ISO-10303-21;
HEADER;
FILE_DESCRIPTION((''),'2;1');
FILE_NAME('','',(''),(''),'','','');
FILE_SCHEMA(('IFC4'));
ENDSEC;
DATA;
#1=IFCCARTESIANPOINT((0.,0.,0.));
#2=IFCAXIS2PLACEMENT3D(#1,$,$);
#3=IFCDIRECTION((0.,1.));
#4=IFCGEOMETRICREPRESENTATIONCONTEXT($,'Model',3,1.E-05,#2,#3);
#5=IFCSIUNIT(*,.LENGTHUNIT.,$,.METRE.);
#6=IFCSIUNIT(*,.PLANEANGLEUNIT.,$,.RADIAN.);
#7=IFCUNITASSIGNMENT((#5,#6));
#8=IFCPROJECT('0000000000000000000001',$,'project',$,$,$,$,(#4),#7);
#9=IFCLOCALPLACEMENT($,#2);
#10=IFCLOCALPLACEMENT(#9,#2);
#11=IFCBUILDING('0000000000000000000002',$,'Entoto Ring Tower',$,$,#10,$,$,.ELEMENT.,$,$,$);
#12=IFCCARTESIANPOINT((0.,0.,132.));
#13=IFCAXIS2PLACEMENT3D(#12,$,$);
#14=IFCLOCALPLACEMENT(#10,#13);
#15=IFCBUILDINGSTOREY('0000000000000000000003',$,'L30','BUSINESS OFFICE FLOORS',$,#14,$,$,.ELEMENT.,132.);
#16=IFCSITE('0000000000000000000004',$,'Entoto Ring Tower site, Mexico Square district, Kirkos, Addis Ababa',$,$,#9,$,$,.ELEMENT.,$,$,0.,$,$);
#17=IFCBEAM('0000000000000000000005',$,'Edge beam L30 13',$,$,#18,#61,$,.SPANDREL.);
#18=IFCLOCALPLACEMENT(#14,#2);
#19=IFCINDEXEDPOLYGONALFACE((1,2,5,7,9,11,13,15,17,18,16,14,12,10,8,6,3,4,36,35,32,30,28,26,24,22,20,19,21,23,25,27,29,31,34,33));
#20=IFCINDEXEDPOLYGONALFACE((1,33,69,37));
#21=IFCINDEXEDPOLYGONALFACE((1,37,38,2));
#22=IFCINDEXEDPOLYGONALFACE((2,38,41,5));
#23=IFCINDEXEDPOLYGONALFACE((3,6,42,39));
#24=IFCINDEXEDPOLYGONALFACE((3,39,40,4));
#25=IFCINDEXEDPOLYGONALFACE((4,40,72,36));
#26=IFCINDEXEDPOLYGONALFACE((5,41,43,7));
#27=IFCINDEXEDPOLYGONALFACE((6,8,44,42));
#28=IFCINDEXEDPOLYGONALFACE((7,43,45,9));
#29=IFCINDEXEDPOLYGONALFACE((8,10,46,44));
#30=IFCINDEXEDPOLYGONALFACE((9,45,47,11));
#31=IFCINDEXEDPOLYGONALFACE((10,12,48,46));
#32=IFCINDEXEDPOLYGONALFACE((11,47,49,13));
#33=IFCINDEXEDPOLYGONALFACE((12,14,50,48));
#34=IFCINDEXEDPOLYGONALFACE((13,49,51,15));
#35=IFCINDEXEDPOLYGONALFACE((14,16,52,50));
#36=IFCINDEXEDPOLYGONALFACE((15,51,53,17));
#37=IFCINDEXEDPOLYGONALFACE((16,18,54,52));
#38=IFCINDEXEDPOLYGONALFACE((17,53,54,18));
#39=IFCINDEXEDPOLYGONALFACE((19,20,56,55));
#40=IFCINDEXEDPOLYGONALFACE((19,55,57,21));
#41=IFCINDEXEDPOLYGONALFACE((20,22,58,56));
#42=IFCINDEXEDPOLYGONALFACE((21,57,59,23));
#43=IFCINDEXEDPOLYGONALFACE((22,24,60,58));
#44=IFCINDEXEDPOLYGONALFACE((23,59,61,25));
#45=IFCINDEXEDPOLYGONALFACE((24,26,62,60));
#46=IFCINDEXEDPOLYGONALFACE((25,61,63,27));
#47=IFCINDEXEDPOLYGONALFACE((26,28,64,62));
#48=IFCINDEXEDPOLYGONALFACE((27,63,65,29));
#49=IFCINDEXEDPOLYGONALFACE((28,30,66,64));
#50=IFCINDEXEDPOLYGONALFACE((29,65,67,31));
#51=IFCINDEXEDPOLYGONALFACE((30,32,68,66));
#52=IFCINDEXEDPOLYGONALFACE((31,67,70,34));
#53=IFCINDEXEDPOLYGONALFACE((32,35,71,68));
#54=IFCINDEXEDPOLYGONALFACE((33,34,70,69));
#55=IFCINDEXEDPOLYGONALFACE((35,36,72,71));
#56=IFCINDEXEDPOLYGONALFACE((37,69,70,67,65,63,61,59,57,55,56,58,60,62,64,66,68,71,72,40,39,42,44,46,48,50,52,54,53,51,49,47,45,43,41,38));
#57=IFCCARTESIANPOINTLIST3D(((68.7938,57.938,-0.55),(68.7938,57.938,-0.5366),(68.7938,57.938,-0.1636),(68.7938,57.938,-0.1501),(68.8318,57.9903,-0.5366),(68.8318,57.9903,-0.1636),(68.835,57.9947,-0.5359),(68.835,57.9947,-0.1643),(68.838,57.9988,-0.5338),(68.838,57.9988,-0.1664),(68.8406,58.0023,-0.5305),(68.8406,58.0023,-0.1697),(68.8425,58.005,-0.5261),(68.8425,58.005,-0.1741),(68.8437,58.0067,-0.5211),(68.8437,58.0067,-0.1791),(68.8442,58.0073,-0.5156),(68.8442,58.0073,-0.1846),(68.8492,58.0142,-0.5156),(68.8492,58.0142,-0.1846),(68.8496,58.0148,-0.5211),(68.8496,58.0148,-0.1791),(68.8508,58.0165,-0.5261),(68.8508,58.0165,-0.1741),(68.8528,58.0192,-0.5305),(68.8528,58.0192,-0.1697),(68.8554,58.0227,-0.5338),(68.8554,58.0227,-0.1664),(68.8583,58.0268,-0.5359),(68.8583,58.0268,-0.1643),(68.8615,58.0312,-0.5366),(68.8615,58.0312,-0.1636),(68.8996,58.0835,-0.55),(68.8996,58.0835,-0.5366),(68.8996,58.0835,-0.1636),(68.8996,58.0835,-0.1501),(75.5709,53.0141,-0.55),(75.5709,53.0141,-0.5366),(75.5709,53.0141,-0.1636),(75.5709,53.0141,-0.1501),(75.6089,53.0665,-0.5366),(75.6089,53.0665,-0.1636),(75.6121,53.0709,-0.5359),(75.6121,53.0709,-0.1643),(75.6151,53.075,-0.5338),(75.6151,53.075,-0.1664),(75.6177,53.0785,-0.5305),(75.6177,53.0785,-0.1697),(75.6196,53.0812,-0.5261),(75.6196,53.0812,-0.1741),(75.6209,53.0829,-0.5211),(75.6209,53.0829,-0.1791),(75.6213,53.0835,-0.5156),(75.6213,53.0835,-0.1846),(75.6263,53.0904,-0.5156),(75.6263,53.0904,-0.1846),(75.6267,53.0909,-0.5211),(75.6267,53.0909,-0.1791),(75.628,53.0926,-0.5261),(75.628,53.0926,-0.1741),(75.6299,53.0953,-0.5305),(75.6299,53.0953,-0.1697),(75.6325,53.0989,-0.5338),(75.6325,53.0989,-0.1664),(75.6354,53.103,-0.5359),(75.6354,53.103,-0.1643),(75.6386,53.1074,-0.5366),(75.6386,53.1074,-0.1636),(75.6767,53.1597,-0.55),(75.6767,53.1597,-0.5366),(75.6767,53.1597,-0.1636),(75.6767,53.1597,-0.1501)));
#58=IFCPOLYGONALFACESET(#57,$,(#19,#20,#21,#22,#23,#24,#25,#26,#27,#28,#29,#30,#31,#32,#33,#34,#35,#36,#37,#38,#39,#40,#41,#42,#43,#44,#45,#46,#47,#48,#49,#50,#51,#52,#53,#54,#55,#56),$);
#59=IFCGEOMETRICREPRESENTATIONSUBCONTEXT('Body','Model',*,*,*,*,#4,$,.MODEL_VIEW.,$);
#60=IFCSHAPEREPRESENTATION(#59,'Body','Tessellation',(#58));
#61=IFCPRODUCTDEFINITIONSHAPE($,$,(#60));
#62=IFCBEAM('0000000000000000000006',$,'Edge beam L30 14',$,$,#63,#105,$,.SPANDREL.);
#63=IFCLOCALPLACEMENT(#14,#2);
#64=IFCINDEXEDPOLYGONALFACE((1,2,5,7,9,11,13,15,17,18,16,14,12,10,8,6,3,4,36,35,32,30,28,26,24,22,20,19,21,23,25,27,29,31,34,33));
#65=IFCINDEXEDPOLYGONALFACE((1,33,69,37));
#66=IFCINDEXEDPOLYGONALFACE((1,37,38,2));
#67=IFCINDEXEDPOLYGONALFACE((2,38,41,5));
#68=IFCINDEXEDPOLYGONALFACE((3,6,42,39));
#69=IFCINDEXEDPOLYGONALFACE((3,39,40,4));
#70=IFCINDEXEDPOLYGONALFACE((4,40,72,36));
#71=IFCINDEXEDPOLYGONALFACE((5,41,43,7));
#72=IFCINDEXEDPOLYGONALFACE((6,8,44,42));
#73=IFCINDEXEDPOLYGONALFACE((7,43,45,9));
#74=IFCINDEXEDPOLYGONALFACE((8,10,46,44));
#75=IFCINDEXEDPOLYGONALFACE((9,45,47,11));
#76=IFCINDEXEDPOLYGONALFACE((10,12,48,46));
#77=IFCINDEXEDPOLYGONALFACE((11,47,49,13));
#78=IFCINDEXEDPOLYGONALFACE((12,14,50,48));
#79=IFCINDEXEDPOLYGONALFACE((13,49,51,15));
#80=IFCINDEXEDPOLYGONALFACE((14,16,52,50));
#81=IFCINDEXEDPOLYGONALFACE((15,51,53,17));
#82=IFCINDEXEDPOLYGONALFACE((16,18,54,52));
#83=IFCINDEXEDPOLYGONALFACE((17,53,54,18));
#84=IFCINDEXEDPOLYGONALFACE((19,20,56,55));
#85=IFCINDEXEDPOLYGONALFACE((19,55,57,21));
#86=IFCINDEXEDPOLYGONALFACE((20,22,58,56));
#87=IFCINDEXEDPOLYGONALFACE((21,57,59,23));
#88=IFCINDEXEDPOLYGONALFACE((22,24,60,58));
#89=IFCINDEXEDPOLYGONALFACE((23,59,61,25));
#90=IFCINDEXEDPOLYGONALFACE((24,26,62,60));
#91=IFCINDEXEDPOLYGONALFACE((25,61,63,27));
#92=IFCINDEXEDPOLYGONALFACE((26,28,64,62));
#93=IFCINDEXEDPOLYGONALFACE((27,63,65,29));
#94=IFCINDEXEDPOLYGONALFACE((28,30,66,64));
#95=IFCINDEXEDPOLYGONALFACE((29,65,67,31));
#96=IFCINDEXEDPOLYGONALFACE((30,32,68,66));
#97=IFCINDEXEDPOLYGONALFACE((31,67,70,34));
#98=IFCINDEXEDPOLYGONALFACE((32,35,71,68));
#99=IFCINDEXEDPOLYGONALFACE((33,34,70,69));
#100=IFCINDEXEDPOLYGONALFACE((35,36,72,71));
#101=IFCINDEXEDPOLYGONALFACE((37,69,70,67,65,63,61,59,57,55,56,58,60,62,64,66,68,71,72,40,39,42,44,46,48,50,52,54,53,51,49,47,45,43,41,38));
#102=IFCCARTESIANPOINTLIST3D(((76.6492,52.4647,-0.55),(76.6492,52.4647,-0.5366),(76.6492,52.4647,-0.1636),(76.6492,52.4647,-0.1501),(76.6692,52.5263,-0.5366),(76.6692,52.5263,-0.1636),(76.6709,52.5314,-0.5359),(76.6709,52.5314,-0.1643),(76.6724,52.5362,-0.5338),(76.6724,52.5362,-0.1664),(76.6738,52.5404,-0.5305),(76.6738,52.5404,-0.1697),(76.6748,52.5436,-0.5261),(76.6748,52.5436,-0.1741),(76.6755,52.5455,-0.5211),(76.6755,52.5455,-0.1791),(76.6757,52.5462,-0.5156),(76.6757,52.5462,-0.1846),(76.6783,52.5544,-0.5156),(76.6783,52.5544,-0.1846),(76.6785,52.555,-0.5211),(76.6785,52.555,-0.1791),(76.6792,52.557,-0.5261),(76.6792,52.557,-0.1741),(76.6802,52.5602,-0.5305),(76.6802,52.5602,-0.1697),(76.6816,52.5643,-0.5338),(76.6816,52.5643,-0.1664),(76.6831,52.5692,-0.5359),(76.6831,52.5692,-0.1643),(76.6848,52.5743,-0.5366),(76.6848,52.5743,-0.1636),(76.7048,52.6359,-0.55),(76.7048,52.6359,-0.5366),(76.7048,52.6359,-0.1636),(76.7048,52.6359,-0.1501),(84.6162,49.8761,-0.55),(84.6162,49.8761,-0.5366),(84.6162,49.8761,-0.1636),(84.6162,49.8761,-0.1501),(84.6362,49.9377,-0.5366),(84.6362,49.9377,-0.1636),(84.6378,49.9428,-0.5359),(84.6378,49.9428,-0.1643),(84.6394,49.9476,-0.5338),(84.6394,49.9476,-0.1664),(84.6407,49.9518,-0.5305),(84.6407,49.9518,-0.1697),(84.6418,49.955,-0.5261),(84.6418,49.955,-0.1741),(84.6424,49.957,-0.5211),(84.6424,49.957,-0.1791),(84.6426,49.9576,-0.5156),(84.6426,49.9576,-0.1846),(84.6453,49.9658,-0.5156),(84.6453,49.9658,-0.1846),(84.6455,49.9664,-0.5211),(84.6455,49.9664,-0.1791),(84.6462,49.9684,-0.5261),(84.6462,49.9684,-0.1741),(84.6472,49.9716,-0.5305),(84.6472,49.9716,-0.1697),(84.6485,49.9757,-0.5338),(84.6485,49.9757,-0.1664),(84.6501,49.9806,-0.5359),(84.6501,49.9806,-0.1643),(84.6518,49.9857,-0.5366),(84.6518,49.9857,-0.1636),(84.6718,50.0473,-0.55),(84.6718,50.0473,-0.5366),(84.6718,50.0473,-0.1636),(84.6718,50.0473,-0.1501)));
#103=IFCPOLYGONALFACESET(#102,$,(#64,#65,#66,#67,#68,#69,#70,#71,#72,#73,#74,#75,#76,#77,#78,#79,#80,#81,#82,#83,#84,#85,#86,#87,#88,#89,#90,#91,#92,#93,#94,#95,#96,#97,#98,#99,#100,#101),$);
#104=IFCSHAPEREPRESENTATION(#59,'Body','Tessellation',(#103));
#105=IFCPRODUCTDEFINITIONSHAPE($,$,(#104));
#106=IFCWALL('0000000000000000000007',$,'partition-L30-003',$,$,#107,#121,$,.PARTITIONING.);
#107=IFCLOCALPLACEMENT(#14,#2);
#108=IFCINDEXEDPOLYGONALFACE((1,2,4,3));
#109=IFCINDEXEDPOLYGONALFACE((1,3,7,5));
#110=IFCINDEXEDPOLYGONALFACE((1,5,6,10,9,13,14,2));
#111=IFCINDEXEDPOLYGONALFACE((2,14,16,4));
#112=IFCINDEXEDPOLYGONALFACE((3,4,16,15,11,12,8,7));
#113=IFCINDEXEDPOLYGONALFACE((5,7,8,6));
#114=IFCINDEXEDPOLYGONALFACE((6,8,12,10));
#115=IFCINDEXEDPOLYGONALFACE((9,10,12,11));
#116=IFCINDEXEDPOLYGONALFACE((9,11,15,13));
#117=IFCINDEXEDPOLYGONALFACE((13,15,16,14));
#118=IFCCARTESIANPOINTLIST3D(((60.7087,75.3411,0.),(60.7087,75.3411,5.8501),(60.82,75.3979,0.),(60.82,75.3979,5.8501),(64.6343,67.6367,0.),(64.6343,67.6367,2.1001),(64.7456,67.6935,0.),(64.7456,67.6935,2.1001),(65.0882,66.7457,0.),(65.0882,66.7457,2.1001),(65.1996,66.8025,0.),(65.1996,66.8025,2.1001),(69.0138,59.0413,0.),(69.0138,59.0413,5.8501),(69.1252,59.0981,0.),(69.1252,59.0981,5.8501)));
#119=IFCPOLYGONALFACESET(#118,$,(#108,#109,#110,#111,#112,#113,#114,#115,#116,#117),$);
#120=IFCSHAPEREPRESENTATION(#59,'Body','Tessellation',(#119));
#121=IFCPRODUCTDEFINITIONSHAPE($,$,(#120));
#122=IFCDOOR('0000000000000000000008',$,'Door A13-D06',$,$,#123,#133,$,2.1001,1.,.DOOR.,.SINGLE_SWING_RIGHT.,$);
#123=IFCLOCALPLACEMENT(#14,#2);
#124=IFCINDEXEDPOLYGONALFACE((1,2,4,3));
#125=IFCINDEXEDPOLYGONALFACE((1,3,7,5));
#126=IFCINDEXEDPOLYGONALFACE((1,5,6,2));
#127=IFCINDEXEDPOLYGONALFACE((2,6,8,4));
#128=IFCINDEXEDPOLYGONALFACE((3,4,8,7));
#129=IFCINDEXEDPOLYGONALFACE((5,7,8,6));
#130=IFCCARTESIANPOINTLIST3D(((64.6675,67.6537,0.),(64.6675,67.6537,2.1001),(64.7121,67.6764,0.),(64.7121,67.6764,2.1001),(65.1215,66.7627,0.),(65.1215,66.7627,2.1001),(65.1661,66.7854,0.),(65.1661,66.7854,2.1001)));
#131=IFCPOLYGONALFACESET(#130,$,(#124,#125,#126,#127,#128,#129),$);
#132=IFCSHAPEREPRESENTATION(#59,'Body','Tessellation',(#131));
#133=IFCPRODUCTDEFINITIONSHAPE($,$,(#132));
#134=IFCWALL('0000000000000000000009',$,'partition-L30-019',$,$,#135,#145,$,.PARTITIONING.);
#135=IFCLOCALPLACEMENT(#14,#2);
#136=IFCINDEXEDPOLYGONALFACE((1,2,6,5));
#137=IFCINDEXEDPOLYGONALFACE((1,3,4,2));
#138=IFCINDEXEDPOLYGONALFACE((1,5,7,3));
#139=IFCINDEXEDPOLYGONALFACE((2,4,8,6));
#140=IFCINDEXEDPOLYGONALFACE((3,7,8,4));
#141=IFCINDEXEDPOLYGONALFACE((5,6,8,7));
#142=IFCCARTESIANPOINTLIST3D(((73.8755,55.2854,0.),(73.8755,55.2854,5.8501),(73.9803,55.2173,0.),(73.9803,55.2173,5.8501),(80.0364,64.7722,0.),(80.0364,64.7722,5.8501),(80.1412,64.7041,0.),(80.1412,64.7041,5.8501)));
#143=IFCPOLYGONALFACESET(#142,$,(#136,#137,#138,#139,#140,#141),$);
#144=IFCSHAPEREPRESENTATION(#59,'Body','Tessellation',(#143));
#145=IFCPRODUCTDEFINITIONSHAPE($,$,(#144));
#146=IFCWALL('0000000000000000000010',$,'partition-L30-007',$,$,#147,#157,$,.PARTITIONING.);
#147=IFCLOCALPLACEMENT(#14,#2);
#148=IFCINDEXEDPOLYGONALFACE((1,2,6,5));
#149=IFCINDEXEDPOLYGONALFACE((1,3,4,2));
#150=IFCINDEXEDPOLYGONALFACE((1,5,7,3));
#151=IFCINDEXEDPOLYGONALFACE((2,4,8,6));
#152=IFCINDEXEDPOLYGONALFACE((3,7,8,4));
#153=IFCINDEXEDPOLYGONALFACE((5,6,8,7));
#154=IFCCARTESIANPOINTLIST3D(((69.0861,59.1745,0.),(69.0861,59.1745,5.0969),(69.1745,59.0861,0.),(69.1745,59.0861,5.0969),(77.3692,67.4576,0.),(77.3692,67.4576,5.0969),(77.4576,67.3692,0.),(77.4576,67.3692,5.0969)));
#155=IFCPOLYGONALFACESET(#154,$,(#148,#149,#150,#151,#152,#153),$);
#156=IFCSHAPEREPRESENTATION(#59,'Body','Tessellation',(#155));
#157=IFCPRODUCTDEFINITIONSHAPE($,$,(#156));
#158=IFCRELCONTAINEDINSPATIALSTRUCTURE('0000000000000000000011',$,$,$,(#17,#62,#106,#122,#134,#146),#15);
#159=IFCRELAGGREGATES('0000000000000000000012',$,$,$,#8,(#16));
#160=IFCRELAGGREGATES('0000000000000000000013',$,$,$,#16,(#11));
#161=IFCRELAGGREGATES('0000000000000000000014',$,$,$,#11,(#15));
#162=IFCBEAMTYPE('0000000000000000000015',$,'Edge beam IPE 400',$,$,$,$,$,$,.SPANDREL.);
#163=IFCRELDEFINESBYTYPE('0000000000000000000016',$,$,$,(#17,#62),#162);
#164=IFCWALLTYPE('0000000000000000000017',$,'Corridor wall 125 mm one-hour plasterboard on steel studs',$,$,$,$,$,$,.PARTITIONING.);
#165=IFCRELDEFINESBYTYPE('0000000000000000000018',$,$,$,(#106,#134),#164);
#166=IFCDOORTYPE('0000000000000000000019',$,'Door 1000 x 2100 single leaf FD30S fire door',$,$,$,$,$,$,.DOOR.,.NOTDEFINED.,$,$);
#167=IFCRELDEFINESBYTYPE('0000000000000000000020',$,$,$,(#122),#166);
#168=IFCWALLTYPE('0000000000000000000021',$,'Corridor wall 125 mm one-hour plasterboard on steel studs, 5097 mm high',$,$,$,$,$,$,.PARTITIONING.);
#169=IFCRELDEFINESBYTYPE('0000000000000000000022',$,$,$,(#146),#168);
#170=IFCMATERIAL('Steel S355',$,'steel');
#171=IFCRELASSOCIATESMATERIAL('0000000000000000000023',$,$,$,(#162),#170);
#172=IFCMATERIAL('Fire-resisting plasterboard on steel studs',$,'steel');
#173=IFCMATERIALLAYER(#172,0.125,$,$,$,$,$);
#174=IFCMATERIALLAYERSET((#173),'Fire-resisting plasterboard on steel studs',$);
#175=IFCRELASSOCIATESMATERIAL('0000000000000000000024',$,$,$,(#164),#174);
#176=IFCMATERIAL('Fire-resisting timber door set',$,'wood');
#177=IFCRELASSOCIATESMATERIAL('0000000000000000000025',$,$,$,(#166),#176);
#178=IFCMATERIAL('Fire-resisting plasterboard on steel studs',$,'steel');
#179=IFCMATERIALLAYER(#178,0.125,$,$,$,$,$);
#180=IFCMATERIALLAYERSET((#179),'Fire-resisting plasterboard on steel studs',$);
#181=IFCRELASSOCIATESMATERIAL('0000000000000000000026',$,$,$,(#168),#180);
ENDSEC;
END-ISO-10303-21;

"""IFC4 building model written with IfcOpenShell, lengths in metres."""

from ifc_helpers import new_model, si_unit, direction, frame, frame_2d, origin, origin_2d, place, context, subcontext, project, spatial, rectangle, i_section, extrude, material, layer, layer_set, material_profile, profile_set, type_object, element, fill, save


model = new_model("IFC4")

# Units and contexts
model_context = context("Model", 3, precision=1e-05, world=origin(), true_north=direction((0.0, 1.0)))
body_context = subcontext(model_context, "Body", "Model", "MODEL_VIEW")
ifc_project = project(units=[si_unit("LENGTHUNIT", "METRE"), si_unit("PLANEANGLEUNIT", "RADIAN")], contexts=[model_context])

# Site, building, storey
site_placement = place(None, origin())
site = spatial("IfcSite", under=ifc_project, at=site_placement, Name="Entoto Ring Tower site, Mexico Square district, Kirkos, Addis Ababa", CompositionType="ELEMENT", RefElevation=0.0)
building_placement = place(site_placement, origin())
building = spatial("IfcBuilding", under=site, at=building_placement, Name="Entoto Ring Tower", CompositionType="ELEMENT")
storey_placement = place(building_placement, frame((0.0, 0.0, 132.0)))
storey = spatial("IfcBuildingStorey", under=building, at=storey_placement, Name="L30", Description="BUSINESS OFFICE FLOORS", CompositionType="ELEMENT", Elevation=132.0)

# Beams
ifc_material_1 = material(Name="Steel S355", Category="steel")
ifc_material_profile_1 = material_profile(ifc_material_1, i_section(OverallWidth=0.1799, OverallDepth=0.3999, WebThickness=0.0085, FlangeThickness=0.0134, FilletRadius=0.021, at=origin_2d()), Name="IPE 400")
ifc_profile_set_1 = profile_set([ifc_material_profile_1], Name="Steel S355")
beam_type = type_object("IfcBeamType", Name="Edge beam IPE 400", PredefinedType="SPANDREL", material=ifc_profile_set_1)
for number, where, z_axis, x_axis, name in (
    (1, (68.8467, 58.0107, -0.3501), (0.809018, -0.587783, 0.0), (0.587783, 0.809018, 0.0), "Edge beam L30 13"),
    (2, (76.677, 52.5503, -0.3501), (0.951057, -0.309014, 0.0), (0.309014, 0.951057, 0.0), "Edge beam L30 14"),
):
    element("IfcBeam", number, at=place(storey_placement, frame(where, z_axis=z_axis, x_axis=x_axis)), inside=storey, type_object=beam_type, Name=name, PredefinedType="SPANDREL", context=body_context, shape_type="SweptSolid", body=[
        extrude(i_section(OverallWidth=0.1799, OverallDepth=0.3999, WebThickness=0.0085, FlangeThickness=0.0134, FilletRadius=0.021, at=origin_2d()), origin(), (0.0, 0.0, 1.0), 8.377),
    ])

# Wall, opening, door
ifc_material_2 = material(Name="Fire-resisting plasterboard on steel studs", Category="steel")
ifc_layer_1 = layer(ifc_material_2, 0.125)
ifc_layer_set_1 = layer_set([ifc_layer_1], Name="Fire-resisting plasterboard on steel studs")
wall_type_1 = type_object("IfcWallType", Name="Corridor wall 125 mm one-hour plasterboard on steel studs", PredefinedType="PARTITIONING", material=ifc_layer_set_1)
wall_1_placement = place(storey_placement, frame((69.0696, 59.0696, 0.0), z_axis=(0.0, 0.0, 1.0), x_axis=(-0.453991, 0.891006, 0.0)))
wall_1 = element("IfcWall", 3, at=wall_1_placement, inside=storey, type_object=wall_type_1, Name="partition-L30-003", PredefinedType="PARTITIONING", context=body_context, shape_type="SweptSolid", body=[
    extrude(rectangle(XDim=18.2937, YDim=0.125, at=frame_2d((9.147, 0.0))), origin(), (0.0, 0.0, 1.0), 5.8501),
])
opening_placement = place(wall_1_placement, frame((8.647, 0.0, 0.0)))
opening = element("IfcOpeningElement", 4, at=opening_placement, cuts=wall_1, PredefinedType="OPENING", context=body_context, shape_type="SweptSolid", body=[
    extrude(rectangle(XDim=1.0, YDim=2.1001, at=frame_2d((0.5, 1.05))), frame((0.0, 0.0725, 0.0), z_axis=(0.0, -1.0, 0.0), x_axis=(1.0, 0.0, 0.0)), (0.0, 0.0, 1.0), 0.145),
])
ifc_material_3 = material(Name="Fire-resisting timber door set", Category="wood")
door_type = type_object("IfcDoorType", Name="Door 1000 x 2100 single leaf FD30S fire door", OperationType="NOTDEFINED", PredefinedType="DOOR", material=ifc_material_3)
door_placement = place(opening_placement, frame((1.0, 0.0, 0.0), z_axis=(0.0, 0.0, 1.0), x_axis=(-1.0, 0.0, 0.0)))
door = element("IfcDoor", 5, at=door_placement, inside=storey, type_object=door_type, Name="Door A13-D06", OperationType="SINGLE_SWING_RIGHT", OverallHeight=2.1001, OverallWidth=1.0, PredefinedType="DOOR", context=body_context, shape_type="SweptSolid", body=[
    extrude(rectangle(XDim=1.0, YDim=2.1001, at=frame_2d((0.5, 1.05))), frame((0.0, 0.0249, 0.0), z_axis=(0.0, -1.0, 0.0), x_axis=(1.0, 0.0, 0.0)), (0.0, 0.0, 1.0), 0.05),
])
fill(opening, door)

# Walls
wall_2_placement = place(storey_placement, frame((73.928, 55.2515, 0.0), z_axis=(0.0, 0.0, 1.0), x_axis=(0.544644, 0.838667, 0.0)))
element("IfcWall", 6, at=wall_2_placement, inside=storey, type_object=wall_type_1, Name="partition-L30-019", PredefinedType="PARTITIONING", context=body_context, shape_type="SweptSolid", body=[
    extrude(rectangle(XDim=11.3118, YDim=0.125, at=frame_2d((5.6558, 0.0))), origin(), (0.0, 0.0, 1.0), 5.8501),
])
ifc_material_4 = material(Name="Fire-resisting plasterboard on steel studs", Category="steel")
ifc_layer_2 = layer(ifc_material_4, 0.125)
ifc_layer_set_2 = layer_set([ifc_layer_2], Name="Fire-resisting plasterboard on steel studs")
wall_type_2 = type_object("IfcWallType", Name="Corridor wall 125 mm one-hour plasterboard on steel studs, 5097 mm high", PredefinedType="PARTITIONING", material=ifc_layer_set_2)
wall_3_placement = place(storey_placement, frame((69.1304, 59.1304, 0.0), z_axis=(0.0, 0.0, 1.0), x_axis=(0.707107, 0.707107, 0.0)))
element("IfcWall", 7, at=wall_3_placement, inside=storey, type_object=wall_type_2, Name="partition-L30-007", PredefinedType="PARTITIONING", context=body_context, shape_type="SweptSolid", body=[
    extrude(rectangle(XDim=11.7141, YDim=0.125, at=frame_2d((5.8569, 0.0))), origin(), (0.0, 0.0, 1.0), 5.0969),
])

save(model, "model.ifc")
